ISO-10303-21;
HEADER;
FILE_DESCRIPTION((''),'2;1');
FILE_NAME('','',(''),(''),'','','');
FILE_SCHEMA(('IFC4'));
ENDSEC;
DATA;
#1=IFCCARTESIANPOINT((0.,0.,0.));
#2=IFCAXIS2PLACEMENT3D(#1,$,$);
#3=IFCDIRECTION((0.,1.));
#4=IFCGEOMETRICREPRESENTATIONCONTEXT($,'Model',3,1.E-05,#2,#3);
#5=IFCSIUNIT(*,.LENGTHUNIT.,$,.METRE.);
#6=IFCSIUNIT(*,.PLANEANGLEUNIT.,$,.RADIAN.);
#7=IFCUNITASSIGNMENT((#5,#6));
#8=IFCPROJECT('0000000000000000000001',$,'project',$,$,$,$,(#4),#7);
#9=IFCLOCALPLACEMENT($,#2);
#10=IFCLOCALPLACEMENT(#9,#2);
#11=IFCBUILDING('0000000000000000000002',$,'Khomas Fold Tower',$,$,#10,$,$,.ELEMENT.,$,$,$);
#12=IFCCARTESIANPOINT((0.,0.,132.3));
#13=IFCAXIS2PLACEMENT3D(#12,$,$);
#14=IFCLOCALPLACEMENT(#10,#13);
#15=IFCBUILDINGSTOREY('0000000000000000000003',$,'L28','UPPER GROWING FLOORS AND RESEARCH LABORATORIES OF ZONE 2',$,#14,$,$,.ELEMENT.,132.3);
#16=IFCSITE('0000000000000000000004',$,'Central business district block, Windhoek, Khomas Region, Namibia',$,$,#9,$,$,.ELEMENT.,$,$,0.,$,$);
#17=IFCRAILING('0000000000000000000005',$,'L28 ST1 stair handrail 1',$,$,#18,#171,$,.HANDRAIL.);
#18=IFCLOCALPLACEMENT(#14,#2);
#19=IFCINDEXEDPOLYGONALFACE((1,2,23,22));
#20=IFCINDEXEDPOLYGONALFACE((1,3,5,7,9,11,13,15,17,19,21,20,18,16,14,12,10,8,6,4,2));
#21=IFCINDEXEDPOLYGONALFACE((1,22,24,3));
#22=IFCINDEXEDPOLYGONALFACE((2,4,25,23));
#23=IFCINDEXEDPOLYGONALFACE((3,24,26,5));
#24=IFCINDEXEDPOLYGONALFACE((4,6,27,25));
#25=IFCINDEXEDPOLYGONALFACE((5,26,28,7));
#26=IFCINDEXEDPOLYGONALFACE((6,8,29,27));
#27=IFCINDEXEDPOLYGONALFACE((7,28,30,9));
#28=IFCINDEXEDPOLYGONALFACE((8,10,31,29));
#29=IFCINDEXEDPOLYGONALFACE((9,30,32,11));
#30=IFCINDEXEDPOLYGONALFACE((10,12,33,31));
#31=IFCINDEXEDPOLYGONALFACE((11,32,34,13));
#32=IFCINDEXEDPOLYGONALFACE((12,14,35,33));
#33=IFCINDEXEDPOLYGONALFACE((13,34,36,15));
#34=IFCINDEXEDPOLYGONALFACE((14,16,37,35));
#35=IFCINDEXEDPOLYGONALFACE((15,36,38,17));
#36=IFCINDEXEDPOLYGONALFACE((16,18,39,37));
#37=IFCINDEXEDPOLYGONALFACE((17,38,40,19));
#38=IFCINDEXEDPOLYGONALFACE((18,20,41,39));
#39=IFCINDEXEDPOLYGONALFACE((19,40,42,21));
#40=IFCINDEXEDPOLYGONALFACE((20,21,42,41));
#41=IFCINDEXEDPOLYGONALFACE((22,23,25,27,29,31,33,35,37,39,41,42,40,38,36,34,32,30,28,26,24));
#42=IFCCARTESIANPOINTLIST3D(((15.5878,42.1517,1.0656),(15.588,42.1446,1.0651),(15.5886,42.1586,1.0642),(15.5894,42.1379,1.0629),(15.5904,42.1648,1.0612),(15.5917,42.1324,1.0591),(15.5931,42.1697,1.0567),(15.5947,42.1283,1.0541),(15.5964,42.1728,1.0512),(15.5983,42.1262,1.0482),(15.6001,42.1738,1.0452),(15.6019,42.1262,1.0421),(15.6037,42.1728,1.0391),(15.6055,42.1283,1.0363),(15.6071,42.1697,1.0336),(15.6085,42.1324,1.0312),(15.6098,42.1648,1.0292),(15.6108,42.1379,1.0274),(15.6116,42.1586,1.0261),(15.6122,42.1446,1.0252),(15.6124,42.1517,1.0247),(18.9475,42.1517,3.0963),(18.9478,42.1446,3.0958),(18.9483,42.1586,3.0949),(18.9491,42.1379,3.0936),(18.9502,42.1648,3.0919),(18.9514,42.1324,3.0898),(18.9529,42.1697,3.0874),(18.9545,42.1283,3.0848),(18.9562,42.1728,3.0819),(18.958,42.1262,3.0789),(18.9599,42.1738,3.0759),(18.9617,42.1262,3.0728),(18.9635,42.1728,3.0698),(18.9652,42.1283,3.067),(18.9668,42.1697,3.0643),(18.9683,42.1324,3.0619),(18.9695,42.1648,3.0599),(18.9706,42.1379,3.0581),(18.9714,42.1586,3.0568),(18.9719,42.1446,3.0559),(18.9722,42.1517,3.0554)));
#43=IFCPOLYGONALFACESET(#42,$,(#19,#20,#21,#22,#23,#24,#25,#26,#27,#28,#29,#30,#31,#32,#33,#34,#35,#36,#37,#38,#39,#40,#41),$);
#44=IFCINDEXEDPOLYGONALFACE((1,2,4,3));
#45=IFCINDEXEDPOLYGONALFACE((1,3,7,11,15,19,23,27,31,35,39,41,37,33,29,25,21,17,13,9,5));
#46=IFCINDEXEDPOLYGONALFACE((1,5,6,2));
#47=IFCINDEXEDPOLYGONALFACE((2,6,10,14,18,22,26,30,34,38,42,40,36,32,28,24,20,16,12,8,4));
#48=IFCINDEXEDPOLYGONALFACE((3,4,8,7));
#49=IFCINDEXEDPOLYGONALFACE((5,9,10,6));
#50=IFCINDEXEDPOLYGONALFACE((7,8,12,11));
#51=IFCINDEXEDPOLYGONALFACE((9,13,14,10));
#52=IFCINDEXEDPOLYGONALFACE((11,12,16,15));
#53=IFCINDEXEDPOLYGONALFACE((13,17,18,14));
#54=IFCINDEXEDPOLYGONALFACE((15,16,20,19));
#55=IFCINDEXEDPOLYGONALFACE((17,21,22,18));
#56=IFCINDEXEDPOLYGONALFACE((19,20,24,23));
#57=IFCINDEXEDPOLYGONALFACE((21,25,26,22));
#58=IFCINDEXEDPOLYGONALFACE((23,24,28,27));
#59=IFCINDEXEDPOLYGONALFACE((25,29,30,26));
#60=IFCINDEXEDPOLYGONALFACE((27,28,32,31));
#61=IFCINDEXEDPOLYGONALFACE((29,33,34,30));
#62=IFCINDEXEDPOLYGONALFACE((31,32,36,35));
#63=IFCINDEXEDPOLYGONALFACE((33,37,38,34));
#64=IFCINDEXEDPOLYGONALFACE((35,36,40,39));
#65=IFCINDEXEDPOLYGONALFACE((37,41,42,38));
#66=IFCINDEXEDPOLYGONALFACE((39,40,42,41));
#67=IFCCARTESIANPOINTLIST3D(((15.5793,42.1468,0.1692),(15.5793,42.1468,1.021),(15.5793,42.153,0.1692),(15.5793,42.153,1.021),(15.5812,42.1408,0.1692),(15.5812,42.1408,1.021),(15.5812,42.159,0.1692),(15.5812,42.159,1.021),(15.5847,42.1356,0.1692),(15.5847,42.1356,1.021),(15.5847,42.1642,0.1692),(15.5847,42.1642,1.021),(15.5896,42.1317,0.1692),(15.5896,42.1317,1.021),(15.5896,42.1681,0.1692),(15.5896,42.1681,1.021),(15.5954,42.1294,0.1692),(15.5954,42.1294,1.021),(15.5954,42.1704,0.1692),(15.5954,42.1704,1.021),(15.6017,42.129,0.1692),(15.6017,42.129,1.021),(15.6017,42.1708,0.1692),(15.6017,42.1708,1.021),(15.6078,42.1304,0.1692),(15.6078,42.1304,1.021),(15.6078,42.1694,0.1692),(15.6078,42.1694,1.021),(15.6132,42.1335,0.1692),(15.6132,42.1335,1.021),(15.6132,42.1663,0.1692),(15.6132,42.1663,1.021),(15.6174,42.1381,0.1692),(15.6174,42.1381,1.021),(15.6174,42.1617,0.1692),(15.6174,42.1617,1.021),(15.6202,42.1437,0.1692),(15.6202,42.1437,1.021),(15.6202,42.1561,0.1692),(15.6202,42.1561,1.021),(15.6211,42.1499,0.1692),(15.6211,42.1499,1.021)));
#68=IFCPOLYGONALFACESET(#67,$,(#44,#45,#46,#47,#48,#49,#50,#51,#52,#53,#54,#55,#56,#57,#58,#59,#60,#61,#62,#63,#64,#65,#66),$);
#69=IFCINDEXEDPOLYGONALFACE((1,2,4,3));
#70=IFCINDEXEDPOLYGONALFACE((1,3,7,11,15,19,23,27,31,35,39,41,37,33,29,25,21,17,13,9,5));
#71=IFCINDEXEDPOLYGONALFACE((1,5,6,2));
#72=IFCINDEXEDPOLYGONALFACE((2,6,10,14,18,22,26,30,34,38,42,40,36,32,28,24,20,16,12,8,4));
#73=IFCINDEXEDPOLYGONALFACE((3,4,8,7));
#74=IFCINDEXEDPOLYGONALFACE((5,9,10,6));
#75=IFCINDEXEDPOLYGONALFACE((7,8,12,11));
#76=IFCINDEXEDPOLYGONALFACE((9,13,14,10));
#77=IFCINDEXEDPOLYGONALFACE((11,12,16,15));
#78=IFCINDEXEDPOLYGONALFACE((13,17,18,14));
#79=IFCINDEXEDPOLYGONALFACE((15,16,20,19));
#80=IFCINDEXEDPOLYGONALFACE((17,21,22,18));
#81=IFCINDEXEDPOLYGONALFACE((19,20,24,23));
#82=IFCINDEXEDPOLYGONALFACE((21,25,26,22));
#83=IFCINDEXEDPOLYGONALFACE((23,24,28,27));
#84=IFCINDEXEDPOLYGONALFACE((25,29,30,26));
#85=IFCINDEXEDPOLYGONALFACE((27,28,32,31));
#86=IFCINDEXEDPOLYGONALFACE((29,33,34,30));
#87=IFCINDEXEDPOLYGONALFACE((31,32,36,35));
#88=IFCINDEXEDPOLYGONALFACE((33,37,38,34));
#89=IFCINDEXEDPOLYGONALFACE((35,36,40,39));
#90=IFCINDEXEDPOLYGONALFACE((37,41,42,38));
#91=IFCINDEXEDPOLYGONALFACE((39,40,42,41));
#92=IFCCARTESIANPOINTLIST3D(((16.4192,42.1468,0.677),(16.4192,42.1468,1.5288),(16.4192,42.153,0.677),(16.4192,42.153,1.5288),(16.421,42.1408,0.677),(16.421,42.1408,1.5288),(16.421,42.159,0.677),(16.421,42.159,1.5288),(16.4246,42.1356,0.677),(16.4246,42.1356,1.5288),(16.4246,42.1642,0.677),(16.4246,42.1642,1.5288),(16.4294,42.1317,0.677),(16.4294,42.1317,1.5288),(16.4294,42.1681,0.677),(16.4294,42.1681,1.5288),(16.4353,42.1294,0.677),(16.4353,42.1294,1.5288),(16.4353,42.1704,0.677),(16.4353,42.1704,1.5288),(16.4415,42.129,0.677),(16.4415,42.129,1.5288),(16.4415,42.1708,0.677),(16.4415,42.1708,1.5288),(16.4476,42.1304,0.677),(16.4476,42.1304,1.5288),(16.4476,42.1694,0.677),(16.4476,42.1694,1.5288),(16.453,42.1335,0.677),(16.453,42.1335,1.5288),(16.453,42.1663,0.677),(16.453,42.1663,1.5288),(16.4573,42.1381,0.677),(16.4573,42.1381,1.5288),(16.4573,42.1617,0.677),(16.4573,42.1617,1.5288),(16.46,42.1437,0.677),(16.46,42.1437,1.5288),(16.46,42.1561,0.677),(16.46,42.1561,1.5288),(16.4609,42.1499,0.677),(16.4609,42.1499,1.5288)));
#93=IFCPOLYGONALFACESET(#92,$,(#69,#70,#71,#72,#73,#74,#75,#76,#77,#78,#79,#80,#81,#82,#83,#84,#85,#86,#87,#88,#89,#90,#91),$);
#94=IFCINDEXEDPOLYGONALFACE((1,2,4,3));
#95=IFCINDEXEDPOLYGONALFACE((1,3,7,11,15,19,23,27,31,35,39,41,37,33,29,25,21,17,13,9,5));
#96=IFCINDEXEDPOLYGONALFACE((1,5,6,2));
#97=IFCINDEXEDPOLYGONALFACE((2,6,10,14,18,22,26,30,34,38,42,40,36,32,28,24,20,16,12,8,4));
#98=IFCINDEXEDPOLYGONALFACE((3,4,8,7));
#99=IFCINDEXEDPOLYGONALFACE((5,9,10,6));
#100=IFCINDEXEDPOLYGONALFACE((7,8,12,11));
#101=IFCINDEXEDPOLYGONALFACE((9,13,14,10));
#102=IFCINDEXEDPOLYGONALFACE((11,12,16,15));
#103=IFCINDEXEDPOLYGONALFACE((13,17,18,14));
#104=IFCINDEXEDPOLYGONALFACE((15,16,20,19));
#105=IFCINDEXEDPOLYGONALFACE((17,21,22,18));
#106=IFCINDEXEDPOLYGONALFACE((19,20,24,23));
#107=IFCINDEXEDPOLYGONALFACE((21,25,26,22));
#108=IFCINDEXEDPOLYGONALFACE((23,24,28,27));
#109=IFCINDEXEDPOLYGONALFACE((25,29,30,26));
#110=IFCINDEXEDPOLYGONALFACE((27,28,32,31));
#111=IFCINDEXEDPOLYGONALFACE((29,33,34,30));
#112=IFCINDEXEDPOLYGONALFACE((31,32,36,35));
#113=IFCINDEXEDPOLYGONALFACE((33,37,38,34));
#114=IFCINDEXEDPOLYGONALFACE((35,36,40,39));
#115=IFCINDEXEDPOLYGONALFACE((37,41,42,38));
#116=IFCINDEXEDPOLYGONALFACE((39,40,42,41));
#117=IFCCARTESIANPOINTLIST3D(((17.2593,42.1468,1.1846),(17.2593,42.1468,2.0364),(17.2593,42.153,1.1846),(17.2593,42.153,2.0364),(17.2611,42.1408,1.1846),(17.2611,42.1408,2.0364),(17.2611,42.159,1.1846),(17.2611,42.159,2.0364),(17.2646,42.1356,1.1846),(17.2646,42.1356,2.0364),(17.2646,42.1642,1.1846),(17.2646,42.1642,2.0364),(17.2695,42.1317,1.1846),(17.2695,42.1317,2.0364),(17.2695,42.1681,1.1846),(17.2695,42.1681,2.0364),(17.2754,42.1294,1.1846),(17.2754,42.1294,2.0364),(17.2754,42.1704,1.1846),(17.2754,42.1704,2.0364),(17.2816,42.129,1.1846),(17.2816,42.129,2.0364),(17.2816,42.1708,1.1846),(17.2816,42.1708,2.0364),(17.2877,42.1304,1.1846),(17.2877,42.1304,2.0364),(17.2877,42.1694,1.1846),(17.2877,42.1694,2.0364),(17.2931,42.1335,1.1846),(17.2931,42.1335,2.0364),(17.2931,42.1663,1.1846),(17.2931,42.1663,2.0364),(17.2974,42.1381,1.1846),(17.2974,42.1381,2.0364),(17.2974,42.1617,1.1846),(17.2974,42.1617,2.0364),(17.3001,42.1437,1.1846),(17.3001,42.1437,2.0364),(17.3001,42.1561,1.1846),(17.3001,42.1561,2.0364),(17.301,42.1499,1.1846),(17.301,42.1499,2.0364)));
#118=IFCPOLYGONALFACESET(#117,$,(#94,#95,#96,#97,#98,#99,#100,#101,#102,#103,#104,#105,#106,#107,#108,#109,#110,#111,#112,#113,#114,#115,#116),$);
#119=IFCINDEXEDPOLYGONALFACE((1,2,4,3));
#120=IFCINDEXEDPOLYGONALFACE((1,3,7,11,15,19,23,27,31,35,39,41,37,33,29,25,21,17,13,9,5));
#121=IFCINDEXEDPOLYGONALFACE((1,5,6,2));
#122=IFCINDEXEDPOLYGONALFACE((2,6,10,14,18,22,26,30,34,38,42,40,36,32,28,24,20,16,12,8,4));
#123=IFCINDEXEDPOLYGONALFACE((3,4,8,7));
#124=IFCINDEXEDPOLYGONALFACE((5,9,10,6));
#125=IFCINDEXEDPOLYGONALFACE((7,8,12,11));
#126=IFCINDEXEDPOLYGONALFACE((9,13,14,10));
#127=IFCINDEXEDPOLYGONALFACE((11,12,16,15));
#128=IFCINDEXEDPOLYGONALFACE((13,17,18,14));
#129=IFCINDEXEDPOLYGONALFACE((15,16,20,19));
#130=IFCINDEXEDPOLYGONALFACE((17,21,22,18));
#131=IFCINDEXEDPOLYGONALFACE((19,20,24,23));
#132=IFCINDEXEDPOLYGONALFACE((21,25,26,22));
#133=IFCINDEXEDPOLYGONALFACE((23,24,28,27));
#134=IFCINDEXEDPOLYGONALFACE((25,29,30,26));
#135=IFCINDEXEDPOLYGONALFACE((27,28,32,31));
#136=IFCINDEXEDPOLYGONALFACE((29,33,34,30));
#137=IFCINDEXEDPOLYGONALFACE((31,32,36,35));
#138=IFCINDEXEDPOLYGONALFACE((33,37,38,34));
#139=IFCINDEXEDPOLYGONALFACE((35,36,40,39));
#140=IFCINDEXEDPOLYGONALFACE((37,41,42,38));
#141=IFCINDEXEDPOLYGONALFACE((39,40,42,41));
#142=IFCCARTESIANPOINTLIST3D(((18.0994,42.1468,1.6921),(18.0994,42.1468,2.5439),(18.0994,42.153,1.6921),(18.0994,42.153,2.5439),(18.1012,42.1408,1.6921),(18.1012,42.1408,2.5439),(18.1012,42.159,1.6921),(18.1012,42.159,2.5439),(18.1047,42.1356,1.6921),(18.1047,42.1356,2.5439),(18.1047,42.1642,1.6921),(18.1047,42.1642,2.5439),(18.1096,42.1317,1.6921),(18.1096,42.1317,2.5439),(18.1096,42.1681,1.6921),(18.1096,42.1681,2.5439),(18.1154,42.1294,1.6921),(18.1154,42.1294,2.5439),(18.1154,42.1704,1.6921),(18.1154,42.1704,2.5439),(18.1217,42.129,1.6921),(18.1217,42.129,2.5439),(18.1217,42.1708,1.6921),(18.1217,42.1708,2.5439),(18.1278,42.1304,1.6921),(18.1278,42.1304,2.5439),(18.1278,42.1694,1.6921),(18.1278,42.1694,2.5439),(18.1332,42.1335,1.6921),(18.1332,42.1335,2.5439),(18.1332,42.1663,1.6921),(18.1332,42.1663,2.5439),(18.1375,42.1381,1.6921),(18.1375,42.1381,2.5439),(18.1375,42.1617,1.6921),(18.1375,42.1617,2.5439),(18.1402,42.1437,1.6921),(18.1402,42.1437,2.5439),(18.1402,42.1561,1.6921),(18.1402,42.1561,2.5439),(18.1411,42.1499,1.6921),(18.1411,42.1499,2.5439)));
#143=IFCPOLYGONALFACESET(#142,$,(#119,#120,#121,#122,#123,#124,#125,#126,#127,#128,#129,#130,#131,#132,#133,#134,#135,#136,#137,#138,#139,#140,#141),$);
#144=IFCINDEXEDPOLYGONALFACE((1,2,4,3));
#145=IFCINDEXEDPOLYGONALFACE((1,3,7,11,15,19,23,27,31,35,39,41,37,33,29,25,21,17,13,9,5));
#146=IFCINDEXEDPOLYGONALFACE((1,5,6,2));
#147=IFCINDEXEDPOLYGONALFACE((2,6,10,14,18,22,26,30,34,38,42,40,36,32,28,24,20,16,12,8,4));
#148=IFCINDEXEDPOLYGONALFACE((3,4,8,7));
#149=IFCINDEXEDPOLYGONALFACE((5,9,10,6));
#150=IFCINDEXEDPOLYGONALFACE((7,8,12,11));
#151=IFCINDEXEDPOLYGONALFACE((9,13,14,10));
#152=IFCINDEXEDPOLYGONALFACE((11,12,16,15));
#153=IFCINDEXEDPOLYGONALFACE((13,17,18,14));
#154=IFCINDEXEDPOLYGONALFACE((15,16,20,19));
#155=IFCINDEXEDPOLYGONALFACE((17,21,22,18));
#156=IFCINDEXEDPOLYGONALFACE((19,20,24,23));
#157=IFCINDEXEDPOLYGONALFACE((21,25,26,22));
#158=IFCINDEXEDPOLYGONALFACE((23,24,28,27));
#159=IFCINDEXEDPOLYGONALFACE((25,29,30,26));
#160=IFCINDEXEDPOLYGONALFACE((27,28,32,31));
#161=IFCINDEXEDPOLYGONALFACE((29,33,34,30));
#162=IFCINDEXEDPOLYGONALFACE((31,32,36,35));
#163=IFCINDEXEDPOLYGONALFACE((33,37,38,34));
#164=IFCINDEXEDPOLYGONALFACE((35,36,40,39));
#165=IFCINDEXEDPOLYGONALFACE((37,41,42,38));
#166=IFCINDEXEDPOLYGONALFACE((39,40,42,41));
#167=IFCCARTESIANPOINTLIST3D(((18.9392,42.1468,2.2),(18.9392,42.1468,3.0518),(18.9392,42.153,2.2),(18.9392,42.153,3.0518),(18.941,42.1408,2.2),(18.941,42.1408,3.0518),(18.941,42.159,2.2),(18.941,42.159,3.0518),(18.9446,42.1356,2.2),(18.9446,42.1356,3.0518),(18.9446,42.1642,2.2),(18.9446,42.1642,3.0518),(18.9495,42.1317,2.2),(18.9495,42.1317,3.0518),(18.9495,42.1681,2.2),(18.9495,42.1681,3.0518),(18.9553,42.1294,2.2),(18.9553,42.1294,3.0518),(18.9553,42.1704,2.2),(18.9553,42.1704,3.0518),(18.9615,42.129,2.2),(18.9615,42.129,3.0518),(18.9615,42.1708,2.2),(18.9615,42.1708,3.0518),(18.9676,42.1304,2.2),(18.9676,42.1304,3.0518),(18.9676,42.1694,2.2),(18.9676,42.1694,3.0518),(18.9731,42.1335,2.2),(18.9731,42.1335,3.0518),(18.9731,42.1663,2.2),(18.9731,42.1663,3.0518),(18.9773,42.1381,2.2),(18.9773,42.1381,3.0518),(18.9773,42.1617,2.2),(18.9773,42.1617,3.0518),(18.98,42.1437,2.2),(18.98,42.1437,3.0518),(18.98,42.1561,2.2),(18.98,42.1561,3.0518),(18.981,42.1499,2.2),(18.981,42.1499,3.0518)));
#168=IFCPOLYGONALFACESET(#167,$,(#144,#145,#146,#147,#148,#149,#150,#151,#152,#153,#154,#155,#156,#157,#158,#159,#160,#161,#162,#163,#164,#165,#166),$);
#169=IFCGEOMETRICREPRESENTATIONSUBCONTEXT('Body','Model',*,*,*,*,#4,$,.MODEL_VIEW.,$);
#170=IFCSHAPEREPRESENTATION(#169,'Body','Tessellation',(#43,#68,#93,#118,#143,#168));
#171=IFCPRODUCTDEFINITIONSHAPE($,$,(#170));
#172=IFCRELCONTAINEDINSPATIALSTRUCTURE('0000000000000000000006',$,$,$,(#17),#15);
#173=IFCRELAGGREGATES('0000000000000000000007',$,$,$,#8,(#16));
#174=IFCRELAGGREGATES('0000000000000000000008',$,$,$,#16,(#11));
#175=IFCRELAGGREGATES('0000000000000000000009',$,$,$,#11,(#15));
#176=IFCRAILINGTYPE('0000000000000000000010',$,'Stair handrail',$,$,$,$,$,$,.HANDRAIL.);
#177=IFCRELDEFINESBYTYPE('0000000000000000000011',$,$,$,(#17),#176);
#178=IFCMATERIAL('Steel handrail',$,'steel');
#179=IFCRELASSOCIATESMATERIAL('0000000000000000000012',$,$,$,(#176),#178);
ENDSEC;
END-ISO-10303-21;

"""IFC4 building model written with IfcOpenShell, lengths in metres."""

from ifc_helpers import new_model, si_unit, direction, frame, origin, origin_2d, place, context, subcontext, project, spatial, circle, extrude, source, transform, mapped, material, type_object, element, save


model = new_model("IFC4")

# Units and contexts
model_context = context("Model", 3, precision=1e-05, world=origin(), true_north=direction((0.0, 1.0)))
body_context = subcontext(model_context, "Body", "Model", "MODEL_VIEW")
ifc_project = project(units=[si_unit("LENGTHUNIT", "METRE"), si_unit("PLANEANGLEUNIT", "RADIAN")], contexts=[model_context])

# Site, building, storey
site_placement = place(None, origin())
site = spatial("IfcSite", under=ifc_project, at=site_placement, Name="Central business district block, Windhoek, Khomas Region, Namibia", CompositionType="ELEMENT", RefElevation=0.0)
building_placement = place(site_placement, origin())
building = spatial("IfcBuilding", under=site, at=building_placement, Name="Khomas Fold Tower", CompositionType="ELEMENT")
storey_placement = place(building_placement, frame((0.0, 0.0, 132.3)))
storey = spatial("IfcBuildingStorey", under=building, at=storey_placement, Name="L28", Description="UPPER GROWING FLOORS AND RESEARCH LABORATORIES OF ZONE 2", CompositionType="ELEMENT", Elevation=132.3)

# Railing
ifc_material_1 = material(Name="Steel handrail", Category="steel")
railing_type_1 = type_object("IfcRailingType", Name="Stair handrail", PredefinedType="HANDRAIL", material=ifc_material_1)
shared_shape_1 = source(origin(), body_context, "Body", "SweptSolid", [
    extrude(circle(Radius=0.0239, at=origin_2d()), frame((0.0, 0.0, 0.876), z_axis=(0.85582, 0.0, 0.517273), x_axis=(0.0, 1.0, 0.0)), (0.0, 0.0, 1.0), 3.9258),
    extrude(circle(Radius=0.021, at=origin_2d()), origin(), (0.0, 0.0, 1.0), 0.8518),
    extrude(circle(Radius=0.021, at=origin_2d()), frame((0.8398, 0.0, 0.5078)), (0.0, 0.0, 1.0), 0.8518),
    extrude(circle(Radius=0.021, at=origin_2d()), frame((1.6799, 0.0, 1.0154)), (0.0, 0.0, 1.0), 0.8518),
    extrude(circle(Radius=0.021, at=origin_2d()), frame((2.52, 0.0, 1.5229)), (0.0, 0.0, 1.0), 0.8518),
    extrude(circle(Radius=0.021, at=origin_2d()), frame((3.3599, 0.0, 2.0308)), (0.0, 0.0, 1.0), 0.8518),
])
railing_1_placement = place(storey_placement, frame((15.6001, 42.1499, 0.1692)))
element("IfcRailing", 1, at=railing_1_placement, inside=storey, type_object=railing_type_1, Name="L28 ST1 stair handrail 1", PredefinedType="HANDRAIL", context=body_context, shape_type="MappedRepresentation", body=[
    mapped(shared_shape_1, transform((0.0, 0.0, 0.0))),
])

save(model, "model.ifc")
